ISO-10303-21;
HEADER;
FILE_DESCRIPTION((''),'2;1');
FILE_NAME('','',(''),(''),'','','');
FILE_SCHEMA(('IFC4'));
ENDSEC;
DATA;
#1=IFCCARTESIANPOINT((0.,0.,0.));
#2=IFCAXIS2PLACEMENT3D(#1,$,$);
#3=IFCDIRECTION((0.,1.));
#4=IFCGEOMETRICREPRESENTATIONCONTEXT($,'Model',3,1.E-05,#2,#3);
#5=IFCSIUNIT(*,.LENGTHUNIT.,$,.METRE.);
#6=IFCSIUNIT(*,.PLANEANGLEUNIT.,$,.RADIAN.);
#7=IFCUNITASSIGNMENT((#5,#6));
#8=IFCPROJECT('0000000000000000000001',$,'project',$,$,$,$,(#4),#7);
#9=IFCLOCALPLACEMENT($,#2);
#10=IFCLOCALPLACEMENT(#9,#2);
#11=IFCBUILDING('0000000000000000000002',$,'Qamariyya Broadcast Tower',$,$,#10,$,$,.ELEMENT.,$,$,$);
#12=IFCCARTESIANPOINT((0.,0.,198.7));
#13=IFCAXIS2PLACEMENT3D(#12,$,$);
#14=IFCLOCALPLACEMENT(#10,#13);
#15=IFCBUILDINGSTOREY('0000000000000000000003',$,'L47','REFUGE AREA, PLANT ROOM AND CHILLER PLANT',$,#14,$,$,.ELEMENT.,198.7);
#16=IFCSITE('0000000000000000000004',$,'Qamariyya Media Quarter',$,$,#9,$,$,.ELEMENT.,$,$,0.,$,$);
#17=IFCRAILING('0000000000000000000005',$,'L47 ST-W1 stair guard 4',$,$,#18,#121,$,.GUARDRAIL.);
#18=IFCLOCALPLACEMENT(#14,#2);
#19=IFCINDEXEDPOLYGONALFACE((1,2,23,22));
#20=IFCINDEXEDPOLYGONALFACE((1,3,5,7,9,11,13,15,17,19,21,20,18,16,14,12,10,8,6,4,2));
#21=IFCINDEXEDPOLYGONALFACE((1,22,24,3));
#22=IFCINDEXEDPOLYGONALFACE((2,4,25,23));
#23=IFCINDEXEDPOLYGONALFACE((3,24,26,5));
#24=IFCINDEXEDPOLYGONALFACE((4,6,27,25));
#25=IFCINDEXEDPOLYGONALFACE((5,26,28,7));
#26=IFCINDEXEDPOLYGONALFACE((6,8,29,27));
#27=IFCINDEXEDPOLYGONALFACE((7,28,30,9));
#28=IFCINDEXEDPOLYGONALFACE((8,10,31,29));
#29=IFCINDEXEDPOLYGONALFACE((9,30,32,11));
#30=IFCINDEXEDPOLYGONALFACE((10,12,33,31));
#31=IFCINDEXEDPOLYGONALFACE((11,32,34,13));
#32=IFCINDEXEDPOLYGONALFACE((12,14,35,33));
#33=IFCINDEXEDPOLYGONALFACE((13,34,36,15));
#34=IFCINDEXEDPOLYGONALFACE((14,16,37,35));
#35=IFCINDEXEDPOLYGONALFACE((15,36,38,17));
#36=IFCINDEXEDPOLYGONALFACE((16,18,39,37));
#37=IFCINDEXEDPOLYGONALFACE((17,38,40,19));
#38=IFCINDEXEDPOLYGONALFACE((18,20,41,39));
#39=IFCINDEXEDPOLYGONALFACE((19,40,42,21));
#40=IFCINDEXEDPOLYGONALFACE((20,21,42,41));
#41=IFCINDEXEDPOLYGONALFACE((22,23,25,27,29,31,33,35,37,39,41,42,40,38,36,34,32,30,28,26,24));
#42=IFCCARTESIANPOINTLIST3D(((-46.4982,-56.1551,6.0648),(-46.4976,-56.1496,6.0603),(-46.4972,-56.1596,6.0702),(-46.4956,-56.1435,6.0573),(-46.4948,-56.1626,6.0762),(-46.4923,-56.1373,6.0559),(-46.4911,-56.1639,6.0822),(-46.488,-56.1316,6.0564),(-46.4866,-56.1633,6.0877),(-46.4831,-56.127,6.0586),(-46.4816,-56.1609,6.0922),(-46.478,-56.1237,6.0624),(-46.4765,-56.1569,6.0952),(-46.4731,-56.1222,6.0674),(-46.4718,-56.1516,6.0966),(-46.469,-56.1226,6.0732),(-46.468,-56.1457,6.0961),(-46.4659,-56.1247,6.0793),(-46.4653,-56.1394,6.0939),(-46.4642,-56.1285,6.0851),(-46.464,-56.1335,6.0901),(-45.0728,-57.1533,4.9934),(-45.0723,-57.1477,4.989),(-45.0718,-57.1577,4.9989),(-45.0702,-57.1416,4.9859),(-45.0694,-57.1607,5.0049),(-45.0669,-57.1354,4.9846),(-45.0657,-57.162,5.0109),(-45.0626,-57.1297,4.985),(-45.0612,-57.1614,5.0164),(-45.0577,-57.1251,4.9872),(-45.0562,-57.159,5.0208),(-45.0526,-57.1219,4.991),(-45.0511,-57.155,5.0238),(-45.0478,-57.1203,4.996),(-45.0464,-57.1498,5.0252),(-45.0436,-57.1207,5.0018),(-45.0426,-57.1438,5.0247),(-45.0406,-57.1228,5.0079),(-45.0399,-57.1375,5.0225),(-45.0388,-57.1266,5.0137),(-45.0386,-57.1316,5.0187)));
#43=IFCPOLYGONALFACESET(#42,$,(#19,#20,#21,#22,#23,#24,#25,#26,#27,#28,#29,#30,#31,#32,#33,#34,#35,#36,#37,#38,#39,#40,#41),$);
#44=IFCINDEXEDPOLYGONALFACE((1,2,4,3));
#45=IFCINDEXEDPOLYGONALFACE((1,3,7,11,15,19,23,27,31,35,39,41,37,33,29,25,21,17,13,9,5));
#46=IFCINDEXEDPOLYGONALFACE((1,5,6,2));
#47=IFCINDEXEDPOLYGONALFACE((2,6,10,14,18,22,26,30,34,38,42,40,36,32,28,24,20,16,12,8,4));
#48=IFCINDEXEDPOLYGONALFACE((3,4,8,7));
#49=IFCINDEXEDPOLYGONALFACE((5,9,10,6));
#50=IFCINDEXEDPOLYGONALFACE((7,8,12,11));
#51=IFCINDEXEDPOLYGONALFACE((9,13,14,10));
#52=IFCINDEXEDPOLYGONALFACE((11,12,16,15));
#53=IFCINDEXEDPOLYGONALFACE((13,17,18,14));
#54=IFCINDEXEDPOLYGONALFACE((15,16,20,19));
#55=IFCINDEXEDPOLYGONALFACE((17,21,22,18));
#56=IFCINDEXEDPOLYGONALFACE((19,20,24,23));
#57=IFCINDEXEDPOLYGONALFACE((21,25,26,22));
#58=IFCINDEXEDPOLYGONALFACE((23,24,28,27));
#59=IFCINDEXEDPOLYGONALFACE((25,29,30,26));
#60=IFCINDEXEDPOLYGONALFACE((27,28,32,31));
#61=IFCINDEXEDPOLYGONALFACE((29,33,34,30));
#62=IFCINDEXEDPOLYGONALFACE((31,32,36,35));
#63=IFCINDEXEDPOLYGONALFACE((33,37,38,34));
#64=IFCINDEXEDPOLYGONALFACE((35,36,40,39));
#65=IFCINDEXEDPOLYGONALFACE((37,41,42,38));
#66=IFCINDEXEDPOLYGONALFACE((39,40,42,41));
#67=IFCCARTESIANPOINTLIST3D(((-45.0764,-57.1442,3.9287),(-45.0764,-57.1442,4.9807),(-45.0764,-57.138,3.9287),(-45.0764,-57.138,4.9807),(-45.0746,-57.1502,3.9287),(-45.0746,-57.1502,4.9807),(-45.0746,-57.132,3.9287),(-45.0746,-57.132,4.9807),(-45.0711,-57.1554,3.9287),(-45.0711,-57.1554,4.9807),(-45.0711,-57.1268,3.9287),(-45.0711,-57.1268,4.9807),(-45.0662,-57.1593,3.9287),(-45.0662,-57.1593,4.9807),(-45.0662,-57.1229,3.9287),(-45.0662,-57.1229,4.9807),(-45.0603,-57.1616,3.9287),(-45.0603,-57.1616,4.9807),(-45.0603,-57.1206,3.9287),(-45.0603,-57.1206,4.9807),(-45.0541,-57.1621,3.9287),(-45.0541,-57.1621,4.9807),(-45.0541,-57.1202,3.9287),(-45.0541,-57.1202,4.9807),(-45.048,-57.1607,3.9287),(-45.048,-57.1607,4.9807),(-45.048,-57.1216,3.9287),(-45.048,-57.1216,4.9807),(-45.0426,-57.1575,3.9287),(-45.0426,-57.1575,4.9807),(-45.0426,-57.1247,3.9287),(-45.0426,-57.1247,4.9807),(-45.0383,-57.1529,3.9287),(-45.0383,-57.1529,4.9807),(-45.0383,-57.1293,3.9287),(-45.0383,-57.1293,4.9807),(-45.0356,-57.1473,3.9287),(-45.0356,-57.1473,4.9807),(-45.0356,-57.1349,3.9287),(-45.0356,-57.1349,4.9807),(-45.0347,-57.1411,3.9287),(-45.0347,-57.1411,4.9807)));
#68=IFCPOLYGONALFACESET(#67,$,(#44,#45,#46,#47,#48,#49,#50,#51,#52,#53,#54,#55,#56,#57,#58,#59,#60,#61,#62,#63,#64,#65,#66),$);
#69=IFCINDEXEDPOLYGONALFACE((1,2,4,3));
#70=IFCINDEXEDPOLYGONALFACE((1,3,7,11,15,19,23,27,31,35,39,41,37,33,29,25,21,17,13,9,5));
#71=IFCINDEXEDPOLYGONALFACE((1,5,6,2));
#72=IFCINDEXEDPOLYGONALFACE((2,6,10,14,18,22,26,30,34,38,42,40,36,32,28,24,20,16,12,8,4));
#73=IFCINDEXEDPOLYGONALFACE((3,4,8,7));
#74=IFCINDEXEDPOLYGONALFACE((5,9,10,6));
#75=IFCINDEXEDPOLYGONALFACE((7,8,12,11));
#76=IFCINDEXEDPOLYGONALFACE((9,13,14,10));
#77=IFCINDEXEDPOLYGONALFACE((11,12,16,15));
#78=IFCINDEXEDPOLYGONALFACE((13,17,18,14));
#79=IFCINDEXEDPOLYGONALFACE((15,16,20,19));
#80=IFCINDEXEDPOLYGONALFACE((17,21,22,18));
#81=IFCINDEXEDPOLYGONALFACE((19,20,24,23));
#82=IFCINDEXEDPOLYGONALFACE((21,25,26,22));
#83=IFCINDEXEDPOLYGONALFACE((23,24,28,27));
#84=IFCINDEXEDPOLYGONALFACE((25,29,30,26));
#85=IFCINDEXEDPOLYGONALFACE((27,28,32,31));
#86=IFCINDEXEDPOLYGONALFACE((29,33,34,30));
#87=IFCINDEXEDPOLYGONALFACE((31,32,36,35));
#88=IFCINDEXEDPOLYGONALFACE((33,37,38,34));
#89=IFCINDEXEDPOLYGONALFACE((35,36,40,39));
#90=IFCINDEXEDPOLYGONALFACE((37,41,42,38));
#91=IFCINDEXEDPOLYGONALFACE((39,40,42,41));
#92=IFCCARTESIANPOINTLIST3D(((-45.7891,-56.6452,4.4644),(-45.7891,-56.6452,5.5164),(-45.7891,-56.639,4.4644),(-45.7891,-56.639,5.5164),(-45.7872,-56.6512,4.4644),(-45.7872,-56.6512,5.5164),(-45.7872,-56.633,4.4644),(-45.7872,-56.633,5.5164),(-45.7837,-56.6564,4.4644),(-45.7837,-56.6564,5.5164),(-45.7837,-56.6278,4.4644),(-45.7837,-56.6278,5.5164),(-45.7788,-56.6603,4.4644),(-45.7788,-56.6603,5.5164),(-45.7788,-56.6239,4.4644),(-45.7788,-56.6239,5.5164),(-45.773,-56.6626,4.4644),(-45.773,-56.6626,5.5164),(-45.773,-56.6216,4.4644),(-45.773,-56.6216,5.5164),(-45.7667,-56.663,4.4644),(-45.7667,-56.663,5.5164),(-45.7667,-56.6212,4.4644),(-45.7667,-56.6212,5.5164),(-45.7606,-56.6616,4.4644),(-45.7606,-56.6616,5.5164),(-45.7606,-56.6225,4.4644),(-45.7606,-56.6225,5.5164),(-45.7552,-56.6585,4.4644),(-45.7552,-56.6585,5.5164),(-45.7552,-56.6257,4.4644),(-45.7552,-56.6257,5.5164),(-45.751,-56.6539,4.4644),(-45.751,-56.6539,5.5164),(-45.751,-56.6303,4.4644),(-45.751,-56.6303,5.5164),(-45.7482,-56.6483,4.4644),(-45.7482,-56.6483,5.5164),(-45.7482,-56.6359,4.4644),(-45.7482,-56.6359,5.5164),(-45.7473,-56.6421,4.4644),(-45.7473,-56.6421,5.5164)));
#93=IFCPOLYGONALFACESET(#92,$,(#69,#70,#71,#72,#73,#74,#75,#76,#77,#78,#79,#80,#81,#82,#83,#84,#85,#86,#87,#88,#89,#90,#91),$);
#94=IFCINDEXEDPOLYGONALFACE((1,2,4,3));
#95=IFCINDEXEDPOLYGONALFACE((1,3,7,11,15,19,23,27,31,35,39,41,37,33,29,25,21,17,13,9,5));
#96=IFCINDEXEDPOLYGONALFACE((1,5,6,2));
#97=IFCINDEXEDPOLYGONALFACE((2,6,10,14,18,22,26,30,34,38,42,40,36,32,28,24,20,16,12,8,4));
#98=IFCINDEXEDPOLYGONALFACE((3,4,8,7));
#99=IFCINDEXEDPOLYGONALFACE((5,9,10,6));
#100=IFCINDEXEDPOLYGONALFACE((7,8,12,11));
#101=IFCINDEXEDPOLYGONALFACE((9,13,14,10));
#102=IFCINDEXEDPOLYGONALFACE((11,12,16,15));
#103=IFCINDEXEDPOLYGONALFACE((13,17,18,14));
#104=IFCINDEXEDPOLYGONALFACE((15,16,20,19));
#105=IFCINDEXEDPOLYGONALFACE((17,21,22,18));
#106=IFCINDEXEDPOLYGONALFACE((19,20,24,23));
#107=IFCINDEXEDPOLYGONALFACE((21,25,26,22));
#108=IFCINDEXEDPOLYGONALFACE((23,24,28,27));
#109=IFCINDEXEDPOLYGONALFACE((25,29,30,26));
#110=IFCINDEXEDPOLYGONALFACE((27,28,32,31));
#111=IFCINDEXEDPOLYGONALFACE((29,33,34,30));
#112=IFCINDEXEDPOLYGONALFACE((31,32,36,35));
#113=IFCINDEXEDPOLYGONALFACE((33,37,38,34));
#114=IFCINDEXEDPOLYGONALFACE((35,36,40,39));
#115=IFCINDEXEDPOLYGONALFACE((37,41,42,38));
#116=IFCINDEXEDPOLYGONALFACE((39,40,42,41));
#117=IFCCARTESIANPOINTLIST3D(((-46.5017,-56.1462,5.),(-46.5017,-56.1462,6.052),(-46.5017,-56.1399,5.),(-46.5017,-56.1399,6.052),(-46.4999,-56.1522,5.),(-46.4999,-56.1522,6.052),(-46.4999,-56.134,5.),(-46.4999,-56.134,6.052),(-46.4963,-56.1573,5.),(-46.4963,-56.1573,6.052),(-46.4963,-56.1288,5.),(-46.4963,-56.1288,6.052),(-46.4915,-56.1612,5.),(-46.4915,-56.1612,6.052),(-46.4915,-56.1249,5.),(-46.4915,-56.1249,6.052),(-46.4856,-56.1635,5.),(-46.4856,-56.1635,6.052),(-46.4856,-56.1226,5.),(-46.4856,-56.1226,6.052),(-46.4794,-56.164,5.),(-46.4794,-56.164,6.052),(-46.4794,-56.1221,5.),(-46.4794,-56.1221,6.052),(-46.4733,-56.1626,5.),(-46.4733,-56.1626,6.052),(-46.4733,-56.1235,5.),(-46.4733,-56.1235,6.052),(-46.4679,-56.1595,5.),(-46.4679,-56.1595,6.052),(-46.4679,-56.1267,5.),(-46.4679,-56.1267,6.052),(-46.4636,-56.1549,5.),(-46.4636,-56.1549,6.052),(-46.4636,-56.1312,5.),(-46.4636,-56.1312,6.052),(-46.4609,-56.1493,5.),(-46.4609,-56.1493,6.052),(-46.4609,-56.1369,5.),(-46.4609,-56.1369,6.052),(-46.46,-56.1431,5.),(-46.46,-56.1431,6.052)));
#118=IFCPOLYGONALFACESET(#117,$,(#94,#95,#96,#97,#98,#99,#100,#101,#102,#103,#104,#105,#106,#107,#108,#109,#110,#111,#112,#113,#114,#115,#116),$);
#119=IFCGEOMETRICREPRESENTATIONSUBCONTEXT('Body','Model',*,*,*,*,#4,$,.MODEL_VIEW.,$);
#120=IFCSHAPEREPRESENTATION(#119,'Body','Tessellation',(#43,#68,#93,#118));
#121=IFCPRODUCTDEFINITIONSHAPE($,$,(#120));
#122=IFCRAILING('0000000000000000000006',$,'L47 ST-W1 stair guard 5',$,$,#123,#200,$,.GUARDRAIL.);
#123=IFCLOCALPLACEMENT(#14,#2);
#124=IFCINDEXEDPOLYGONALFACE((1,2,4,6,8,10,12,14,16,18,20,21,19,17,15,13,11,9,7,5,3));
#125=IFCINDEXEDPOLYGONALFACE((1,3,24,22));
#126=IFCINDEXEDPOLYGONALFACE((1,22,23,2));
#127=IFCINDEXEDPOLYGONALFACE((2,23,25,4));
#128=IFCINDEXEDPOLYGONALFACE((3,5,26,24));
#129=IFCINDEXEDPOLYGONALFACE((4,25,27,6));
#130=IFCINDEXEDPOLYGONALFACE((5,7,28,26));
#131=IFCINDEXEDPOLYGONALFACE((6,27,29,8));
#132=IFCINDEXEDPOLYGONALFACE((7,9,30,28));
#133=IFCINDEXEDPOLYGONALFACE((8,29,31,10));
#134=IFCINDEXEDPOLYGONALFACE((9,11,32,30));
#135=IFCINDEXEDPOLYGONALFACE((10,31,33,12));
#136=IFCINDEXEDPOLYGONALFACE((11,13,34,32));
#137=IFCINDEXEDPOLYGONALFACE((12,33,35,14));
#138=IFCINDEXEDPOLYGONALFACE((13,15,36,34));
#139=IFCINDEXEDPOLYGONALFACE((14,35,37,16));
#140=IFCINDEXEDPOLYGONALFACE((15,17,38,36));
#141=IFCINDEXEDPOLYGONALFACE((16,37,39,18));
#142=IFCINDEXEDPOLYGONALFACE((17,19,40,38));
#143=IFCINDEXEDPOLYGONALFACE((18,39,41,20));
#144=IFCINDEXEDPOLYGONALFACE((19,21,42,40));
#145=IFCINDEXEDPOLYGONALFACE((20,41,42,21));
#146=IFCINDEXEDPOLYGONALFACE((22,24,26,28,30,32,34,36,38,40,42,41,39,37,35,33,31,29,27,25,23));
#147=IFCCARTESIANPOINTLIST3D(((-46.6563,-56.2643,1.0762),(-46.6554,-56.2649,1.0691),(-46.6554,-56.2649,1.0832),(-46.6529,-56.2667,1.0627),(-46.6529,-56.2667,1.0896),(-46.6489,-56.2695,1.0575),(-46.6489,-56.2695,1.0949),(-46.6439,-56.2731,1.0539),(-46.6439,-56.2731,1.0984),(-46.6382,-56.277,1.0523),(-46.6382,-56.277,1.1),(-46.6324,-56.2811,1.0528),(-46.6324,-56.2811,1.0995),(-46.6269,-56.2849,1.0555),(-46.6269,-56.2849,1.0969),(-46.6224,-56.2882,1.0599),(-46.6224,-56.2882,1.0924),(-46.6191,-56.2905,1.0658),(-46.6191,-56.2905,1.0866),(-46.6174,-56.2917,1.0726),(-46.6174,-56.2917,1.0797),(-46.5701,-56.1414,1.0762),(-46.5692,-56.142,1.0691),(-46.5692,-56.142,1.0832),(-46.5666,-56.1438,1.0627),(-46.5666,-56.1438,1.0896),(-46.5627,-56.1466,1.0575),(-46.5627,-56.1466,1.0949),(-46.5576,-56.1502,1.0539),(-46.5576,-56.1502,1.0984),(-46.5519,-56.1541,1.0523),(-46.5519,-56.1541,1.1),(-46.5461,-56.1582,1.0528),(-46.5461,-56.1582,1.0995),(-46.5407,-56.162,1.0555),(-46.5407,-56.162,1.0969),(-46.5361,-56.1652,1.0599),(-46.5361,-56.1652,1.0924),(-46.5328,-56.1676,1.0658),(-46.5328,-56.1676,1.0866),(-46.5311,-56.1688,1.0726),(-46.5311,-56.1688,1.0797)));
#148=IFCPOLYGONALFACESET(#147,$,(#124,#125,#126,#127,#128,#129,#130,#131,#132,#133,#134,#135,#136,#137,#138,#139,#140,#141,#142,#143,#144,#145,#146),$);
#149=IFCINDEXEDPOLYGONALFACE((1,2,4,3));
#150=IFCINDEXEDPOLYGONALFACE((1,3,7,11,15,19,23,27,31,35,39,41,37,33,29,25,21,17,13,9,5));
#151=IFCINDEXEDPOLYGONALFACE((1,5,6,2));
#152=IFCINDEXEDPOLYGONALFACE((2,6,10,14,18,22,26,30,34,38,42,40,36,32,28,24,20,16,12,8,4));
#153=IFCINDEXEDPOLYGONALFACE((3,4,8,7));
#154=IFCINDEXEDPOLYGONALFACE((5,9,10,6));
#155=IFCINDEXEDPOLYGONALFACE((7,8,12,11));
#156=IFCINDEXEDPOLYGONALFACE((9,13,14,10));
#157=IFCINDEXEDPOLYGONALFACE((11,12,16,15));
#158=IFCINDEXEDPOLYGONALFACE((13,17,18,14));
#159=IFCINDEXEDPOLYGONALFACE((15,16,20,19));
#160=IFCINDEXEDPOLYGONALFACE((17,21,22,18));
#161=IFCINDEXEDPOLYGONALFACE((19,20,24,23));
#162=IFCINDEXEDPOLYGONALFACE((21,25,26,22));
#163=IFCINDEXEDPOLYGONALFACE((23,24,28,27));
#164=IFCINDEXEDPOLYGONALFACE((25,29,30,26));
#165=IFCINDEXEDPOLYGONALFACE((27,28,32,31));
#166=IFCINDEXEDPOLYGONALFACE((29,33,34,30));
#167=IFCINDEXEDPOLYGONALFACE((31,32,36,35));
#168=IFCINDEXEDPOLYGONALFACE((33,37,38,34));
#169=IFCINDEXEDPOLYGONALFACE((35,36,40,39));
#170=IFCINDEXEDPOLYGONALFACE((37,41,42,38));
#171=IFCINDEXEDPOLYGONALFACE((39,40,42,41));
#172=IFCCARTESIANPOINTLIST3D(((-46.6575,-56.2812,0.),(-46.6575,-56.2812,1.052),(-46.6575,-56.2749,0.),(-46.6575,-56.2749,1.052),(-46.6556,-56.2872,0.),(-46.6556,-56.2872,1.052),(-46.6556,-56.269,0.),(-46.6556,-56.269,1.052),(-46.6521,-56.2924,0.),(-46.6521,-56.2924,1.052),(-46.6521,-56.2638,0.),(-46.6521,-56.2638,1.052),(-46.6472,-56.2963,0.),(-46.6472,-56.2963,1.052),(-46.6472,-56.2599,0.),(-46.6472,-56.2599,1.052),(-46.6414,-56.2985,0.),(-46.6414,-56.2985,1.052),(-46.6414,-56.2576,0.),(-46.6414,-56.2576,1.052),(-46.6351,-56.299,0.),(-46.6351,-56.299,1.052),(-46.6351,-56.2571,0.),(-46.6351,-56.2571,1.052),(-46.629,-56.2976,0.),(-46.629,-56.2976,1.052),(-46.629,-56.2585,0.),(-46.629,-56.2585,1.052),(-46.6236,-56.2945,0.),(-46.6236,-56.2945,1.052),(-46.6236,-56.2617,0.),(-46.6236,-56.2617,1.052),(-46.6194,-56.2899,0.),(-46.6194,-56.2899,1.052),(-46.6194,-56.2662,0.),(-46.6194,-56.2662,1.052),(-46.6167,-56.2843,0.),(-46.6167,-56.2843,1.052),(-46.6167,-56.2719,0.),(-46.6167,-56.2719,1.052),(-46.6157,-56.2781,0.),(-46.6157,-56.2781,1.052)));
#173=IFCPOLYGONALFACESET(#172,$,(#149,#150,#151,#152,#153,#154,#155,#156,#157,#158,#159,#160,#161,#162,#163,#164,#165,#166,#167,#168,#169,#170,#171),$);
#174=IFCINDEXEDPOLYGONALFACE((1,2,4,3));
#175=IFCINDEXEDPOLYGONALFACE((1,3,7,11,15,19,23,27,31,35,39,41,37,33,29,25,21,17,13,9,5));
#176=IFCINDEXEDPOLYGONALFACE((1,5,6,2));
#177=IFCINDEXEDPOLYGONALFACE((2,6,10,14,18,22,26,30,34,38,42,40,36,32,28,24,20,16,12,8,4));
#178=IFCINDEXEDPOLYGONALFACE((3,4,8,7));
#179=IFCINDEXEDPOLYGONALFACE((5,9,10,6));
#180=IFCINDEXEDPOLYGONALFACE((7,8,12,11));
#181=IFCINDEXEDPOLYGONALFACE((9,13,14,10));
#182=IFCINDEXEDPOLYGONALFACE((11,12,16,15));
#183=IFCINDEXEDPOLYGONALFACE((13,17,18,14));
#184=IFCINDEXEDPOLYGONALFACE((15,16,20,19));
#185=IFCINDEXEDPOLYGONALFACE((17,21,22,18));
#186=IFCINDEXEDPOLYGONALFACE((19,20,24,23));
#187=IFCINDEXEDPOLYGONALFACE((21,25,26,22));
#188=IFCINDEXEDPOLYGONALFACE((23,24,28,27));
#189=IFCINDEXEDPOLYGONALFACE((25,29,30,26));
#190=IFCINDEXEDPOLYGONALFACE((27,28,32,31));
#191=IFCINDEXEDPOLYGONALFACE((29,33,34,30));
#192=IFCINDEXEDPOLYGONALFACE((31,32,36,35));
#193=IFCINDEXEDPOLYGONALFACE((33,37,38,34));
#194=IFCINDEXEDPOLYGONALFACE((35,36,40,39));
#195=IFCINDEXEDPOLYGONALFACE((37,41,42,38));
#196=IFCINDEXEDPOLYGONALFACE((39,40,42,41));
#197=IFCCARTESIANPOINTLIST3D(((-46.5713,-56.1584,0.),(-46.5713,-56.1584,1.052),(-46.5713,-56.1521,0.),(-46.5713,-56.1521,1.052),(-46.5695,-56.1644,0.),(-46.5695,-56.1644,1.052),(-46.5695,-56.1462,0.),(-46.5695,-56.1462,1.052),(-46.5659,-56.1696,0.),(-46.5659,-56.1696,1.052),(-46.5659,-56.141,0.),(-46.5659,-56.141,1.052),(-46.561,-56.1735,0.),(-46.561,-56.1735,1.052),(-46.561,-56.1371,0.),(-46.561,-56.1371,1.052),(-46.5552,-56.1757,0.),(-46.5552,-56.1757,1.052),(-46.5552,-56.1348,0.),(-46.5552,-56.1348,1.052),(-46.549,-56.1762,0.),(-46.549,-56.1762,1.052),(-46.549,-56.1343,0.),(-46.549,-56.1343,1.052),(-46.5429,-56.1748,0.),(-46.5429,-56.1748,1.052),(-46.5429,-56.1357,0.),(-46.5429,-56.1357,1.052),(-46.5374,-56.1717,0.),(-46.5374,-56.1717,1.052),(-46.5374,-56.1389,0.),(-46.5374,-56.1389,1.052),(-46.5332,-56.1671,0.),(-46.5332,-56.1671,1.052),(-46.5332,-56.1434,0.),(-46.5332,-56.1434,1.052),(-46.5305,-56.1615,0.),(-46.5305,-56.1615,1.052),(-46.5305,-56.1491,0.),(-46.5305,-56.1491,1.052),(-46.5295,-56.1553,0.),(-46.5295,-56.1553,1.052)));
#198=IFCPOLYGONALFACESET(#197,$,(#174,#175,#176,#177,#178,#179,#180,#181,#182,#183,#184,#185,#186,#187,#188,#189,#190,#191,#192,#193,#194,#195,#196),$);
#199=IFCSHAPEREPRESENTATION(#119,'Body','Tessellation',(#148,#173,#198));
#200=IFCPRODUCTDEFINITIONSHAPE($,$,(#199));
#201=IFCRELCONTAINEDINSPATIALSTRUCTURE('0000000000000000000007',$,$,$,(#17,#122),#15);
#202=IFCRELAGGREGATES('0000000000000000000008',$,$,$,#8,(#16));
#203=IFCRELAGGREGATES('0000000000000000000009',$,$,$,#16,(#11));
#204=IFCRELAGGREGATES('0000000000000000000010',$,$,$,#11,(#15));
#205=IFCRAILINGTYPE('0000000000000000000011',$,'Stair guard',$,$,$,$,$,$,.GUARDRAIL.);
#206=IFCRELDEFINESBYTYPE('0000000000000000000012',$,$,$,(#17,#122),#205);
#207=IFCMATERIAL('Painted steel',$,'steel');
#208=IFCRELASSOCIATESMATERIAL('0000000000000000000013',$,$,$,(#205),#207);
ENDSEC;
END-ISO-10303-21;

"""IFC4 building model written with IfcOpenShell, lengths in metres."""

from ifc_helpers import new_model, si_unit, direction, frame, origin, origin_2d, place, context, subcontext, project, spatial, circle, extrude, material, type_object, element, save


model = new_model("IFC4")

# Units and contexts
model_context = context("Model", 3, precision=1e-05, world=origin(), true_north=direction((0.0, 1.0)))
body_context = subcontext(model_context, "Body", "Model", "MODEL_VIEW")
ifc_project = project(units=[si_unit("LENGTHUNIT", "METRE"), si_unit("PLANEANGLEUNIT", "RADIAN")], contexts=[model_context])

# Site, building, storey
site_placement = place(None, origin())
site = spatial("IfcSite", under=ifc_project, at=site_placement, Name="Qamariyya Media Quarter", CompositionType="ELEMENT", RefElevation=0.0)
building_placement = place(site_placement, origin())
building = spatial("IfcBuilding", under=site, at=building_placement, Name="Qamariyya Broadcast Tower", CompositionType="ELEMENT")
storey_placement = place(building_placement, frame((0.0, 0.0, 198.7)))
storey = spatial("IfcBuildingStorey", under=building, at=storey_placement, Name="L47", Description="REFUGE AREA, PLANT ROOM AND CHILLER PLANT", CompositionType="ELEMENT", Elevation=198.7)

# Railings
ifc_material_1 = material(Name="Painted steel", Category="steel")
railing_type_1 = type_object("IfcRailingType", Name="Stair guard", PredefinedType="GUARDRAIL", material=ifc_material_1)
railing_1_placement = place(storey_placement, frame((-45.0557, -57.1411, 3.9287)))
element("IfcRailing", 1, at=railing_1_placement, inside=storey, type_object=railing_type_1, Name="L47 ST-W1 stair guard 4", PredefinedType="GUARDRAIL", context=body_context, shape_type="SweptSolid", body=[
    extrude(circle(Radius=0.0239, at=origin_2d()), frame((0.0, 0.0, 1.0762), z_axis=(-0.697533, 0.48844, 0.524285), x_axis=(-0.573594, -0.81914, 0.0)), (0.0, 0.0, 1.0), 2.0435),
    extrude(circle(Radius=0.021, at=origin_2d()), origin(), (0.0, 0.0, 1.0), 1.052),
    extrude(circle(Radius=0.021, at=origin_2d()), frame((-0.7126, 0.499, 0.5356)), (0.0, 0.0, 1.0), 1.052),
    extrude(circle(Radius=0.021, at=origin_2d()), frame((-1.4253, 0.998, 1.0713)), (0.0, 0.0, 1.0), 1.052),
])
railing_2_placement = place(storey_placement, frame((-46.6367, -56.2781, 0.0)))
element("IfcRailing", 2, at=railing_2_placement, inside=storey, type_object=railing_type_1, Name="L47 ST-W1 stair guard 5", PredefinedType="GUARDRAIL", context=body_context, shape_type="SweptSolid", body=[
    extrude(circle(Radius=0.0239, at=origin_2d()), frame((0.0, 0.0, 1.0762), z_axis=(0.574445, 0.818543, 0.0), x_axis=(-0.818543, 0.574445, 0.0)), (0.0, 0.0, 1.0), 0.1501),
    extrude(circle(Radius=0.021, at=origin_2d()), origin(), (0.0, 0.0, 1.0), 1.052),
    extrude(circle(Radius=0.021, at=origin_2d()), frame((0.0862, 0.1228, 0.0)), (0.0, 0.0, 1.0), 1.052),
])

save(model, "model.ifc")
